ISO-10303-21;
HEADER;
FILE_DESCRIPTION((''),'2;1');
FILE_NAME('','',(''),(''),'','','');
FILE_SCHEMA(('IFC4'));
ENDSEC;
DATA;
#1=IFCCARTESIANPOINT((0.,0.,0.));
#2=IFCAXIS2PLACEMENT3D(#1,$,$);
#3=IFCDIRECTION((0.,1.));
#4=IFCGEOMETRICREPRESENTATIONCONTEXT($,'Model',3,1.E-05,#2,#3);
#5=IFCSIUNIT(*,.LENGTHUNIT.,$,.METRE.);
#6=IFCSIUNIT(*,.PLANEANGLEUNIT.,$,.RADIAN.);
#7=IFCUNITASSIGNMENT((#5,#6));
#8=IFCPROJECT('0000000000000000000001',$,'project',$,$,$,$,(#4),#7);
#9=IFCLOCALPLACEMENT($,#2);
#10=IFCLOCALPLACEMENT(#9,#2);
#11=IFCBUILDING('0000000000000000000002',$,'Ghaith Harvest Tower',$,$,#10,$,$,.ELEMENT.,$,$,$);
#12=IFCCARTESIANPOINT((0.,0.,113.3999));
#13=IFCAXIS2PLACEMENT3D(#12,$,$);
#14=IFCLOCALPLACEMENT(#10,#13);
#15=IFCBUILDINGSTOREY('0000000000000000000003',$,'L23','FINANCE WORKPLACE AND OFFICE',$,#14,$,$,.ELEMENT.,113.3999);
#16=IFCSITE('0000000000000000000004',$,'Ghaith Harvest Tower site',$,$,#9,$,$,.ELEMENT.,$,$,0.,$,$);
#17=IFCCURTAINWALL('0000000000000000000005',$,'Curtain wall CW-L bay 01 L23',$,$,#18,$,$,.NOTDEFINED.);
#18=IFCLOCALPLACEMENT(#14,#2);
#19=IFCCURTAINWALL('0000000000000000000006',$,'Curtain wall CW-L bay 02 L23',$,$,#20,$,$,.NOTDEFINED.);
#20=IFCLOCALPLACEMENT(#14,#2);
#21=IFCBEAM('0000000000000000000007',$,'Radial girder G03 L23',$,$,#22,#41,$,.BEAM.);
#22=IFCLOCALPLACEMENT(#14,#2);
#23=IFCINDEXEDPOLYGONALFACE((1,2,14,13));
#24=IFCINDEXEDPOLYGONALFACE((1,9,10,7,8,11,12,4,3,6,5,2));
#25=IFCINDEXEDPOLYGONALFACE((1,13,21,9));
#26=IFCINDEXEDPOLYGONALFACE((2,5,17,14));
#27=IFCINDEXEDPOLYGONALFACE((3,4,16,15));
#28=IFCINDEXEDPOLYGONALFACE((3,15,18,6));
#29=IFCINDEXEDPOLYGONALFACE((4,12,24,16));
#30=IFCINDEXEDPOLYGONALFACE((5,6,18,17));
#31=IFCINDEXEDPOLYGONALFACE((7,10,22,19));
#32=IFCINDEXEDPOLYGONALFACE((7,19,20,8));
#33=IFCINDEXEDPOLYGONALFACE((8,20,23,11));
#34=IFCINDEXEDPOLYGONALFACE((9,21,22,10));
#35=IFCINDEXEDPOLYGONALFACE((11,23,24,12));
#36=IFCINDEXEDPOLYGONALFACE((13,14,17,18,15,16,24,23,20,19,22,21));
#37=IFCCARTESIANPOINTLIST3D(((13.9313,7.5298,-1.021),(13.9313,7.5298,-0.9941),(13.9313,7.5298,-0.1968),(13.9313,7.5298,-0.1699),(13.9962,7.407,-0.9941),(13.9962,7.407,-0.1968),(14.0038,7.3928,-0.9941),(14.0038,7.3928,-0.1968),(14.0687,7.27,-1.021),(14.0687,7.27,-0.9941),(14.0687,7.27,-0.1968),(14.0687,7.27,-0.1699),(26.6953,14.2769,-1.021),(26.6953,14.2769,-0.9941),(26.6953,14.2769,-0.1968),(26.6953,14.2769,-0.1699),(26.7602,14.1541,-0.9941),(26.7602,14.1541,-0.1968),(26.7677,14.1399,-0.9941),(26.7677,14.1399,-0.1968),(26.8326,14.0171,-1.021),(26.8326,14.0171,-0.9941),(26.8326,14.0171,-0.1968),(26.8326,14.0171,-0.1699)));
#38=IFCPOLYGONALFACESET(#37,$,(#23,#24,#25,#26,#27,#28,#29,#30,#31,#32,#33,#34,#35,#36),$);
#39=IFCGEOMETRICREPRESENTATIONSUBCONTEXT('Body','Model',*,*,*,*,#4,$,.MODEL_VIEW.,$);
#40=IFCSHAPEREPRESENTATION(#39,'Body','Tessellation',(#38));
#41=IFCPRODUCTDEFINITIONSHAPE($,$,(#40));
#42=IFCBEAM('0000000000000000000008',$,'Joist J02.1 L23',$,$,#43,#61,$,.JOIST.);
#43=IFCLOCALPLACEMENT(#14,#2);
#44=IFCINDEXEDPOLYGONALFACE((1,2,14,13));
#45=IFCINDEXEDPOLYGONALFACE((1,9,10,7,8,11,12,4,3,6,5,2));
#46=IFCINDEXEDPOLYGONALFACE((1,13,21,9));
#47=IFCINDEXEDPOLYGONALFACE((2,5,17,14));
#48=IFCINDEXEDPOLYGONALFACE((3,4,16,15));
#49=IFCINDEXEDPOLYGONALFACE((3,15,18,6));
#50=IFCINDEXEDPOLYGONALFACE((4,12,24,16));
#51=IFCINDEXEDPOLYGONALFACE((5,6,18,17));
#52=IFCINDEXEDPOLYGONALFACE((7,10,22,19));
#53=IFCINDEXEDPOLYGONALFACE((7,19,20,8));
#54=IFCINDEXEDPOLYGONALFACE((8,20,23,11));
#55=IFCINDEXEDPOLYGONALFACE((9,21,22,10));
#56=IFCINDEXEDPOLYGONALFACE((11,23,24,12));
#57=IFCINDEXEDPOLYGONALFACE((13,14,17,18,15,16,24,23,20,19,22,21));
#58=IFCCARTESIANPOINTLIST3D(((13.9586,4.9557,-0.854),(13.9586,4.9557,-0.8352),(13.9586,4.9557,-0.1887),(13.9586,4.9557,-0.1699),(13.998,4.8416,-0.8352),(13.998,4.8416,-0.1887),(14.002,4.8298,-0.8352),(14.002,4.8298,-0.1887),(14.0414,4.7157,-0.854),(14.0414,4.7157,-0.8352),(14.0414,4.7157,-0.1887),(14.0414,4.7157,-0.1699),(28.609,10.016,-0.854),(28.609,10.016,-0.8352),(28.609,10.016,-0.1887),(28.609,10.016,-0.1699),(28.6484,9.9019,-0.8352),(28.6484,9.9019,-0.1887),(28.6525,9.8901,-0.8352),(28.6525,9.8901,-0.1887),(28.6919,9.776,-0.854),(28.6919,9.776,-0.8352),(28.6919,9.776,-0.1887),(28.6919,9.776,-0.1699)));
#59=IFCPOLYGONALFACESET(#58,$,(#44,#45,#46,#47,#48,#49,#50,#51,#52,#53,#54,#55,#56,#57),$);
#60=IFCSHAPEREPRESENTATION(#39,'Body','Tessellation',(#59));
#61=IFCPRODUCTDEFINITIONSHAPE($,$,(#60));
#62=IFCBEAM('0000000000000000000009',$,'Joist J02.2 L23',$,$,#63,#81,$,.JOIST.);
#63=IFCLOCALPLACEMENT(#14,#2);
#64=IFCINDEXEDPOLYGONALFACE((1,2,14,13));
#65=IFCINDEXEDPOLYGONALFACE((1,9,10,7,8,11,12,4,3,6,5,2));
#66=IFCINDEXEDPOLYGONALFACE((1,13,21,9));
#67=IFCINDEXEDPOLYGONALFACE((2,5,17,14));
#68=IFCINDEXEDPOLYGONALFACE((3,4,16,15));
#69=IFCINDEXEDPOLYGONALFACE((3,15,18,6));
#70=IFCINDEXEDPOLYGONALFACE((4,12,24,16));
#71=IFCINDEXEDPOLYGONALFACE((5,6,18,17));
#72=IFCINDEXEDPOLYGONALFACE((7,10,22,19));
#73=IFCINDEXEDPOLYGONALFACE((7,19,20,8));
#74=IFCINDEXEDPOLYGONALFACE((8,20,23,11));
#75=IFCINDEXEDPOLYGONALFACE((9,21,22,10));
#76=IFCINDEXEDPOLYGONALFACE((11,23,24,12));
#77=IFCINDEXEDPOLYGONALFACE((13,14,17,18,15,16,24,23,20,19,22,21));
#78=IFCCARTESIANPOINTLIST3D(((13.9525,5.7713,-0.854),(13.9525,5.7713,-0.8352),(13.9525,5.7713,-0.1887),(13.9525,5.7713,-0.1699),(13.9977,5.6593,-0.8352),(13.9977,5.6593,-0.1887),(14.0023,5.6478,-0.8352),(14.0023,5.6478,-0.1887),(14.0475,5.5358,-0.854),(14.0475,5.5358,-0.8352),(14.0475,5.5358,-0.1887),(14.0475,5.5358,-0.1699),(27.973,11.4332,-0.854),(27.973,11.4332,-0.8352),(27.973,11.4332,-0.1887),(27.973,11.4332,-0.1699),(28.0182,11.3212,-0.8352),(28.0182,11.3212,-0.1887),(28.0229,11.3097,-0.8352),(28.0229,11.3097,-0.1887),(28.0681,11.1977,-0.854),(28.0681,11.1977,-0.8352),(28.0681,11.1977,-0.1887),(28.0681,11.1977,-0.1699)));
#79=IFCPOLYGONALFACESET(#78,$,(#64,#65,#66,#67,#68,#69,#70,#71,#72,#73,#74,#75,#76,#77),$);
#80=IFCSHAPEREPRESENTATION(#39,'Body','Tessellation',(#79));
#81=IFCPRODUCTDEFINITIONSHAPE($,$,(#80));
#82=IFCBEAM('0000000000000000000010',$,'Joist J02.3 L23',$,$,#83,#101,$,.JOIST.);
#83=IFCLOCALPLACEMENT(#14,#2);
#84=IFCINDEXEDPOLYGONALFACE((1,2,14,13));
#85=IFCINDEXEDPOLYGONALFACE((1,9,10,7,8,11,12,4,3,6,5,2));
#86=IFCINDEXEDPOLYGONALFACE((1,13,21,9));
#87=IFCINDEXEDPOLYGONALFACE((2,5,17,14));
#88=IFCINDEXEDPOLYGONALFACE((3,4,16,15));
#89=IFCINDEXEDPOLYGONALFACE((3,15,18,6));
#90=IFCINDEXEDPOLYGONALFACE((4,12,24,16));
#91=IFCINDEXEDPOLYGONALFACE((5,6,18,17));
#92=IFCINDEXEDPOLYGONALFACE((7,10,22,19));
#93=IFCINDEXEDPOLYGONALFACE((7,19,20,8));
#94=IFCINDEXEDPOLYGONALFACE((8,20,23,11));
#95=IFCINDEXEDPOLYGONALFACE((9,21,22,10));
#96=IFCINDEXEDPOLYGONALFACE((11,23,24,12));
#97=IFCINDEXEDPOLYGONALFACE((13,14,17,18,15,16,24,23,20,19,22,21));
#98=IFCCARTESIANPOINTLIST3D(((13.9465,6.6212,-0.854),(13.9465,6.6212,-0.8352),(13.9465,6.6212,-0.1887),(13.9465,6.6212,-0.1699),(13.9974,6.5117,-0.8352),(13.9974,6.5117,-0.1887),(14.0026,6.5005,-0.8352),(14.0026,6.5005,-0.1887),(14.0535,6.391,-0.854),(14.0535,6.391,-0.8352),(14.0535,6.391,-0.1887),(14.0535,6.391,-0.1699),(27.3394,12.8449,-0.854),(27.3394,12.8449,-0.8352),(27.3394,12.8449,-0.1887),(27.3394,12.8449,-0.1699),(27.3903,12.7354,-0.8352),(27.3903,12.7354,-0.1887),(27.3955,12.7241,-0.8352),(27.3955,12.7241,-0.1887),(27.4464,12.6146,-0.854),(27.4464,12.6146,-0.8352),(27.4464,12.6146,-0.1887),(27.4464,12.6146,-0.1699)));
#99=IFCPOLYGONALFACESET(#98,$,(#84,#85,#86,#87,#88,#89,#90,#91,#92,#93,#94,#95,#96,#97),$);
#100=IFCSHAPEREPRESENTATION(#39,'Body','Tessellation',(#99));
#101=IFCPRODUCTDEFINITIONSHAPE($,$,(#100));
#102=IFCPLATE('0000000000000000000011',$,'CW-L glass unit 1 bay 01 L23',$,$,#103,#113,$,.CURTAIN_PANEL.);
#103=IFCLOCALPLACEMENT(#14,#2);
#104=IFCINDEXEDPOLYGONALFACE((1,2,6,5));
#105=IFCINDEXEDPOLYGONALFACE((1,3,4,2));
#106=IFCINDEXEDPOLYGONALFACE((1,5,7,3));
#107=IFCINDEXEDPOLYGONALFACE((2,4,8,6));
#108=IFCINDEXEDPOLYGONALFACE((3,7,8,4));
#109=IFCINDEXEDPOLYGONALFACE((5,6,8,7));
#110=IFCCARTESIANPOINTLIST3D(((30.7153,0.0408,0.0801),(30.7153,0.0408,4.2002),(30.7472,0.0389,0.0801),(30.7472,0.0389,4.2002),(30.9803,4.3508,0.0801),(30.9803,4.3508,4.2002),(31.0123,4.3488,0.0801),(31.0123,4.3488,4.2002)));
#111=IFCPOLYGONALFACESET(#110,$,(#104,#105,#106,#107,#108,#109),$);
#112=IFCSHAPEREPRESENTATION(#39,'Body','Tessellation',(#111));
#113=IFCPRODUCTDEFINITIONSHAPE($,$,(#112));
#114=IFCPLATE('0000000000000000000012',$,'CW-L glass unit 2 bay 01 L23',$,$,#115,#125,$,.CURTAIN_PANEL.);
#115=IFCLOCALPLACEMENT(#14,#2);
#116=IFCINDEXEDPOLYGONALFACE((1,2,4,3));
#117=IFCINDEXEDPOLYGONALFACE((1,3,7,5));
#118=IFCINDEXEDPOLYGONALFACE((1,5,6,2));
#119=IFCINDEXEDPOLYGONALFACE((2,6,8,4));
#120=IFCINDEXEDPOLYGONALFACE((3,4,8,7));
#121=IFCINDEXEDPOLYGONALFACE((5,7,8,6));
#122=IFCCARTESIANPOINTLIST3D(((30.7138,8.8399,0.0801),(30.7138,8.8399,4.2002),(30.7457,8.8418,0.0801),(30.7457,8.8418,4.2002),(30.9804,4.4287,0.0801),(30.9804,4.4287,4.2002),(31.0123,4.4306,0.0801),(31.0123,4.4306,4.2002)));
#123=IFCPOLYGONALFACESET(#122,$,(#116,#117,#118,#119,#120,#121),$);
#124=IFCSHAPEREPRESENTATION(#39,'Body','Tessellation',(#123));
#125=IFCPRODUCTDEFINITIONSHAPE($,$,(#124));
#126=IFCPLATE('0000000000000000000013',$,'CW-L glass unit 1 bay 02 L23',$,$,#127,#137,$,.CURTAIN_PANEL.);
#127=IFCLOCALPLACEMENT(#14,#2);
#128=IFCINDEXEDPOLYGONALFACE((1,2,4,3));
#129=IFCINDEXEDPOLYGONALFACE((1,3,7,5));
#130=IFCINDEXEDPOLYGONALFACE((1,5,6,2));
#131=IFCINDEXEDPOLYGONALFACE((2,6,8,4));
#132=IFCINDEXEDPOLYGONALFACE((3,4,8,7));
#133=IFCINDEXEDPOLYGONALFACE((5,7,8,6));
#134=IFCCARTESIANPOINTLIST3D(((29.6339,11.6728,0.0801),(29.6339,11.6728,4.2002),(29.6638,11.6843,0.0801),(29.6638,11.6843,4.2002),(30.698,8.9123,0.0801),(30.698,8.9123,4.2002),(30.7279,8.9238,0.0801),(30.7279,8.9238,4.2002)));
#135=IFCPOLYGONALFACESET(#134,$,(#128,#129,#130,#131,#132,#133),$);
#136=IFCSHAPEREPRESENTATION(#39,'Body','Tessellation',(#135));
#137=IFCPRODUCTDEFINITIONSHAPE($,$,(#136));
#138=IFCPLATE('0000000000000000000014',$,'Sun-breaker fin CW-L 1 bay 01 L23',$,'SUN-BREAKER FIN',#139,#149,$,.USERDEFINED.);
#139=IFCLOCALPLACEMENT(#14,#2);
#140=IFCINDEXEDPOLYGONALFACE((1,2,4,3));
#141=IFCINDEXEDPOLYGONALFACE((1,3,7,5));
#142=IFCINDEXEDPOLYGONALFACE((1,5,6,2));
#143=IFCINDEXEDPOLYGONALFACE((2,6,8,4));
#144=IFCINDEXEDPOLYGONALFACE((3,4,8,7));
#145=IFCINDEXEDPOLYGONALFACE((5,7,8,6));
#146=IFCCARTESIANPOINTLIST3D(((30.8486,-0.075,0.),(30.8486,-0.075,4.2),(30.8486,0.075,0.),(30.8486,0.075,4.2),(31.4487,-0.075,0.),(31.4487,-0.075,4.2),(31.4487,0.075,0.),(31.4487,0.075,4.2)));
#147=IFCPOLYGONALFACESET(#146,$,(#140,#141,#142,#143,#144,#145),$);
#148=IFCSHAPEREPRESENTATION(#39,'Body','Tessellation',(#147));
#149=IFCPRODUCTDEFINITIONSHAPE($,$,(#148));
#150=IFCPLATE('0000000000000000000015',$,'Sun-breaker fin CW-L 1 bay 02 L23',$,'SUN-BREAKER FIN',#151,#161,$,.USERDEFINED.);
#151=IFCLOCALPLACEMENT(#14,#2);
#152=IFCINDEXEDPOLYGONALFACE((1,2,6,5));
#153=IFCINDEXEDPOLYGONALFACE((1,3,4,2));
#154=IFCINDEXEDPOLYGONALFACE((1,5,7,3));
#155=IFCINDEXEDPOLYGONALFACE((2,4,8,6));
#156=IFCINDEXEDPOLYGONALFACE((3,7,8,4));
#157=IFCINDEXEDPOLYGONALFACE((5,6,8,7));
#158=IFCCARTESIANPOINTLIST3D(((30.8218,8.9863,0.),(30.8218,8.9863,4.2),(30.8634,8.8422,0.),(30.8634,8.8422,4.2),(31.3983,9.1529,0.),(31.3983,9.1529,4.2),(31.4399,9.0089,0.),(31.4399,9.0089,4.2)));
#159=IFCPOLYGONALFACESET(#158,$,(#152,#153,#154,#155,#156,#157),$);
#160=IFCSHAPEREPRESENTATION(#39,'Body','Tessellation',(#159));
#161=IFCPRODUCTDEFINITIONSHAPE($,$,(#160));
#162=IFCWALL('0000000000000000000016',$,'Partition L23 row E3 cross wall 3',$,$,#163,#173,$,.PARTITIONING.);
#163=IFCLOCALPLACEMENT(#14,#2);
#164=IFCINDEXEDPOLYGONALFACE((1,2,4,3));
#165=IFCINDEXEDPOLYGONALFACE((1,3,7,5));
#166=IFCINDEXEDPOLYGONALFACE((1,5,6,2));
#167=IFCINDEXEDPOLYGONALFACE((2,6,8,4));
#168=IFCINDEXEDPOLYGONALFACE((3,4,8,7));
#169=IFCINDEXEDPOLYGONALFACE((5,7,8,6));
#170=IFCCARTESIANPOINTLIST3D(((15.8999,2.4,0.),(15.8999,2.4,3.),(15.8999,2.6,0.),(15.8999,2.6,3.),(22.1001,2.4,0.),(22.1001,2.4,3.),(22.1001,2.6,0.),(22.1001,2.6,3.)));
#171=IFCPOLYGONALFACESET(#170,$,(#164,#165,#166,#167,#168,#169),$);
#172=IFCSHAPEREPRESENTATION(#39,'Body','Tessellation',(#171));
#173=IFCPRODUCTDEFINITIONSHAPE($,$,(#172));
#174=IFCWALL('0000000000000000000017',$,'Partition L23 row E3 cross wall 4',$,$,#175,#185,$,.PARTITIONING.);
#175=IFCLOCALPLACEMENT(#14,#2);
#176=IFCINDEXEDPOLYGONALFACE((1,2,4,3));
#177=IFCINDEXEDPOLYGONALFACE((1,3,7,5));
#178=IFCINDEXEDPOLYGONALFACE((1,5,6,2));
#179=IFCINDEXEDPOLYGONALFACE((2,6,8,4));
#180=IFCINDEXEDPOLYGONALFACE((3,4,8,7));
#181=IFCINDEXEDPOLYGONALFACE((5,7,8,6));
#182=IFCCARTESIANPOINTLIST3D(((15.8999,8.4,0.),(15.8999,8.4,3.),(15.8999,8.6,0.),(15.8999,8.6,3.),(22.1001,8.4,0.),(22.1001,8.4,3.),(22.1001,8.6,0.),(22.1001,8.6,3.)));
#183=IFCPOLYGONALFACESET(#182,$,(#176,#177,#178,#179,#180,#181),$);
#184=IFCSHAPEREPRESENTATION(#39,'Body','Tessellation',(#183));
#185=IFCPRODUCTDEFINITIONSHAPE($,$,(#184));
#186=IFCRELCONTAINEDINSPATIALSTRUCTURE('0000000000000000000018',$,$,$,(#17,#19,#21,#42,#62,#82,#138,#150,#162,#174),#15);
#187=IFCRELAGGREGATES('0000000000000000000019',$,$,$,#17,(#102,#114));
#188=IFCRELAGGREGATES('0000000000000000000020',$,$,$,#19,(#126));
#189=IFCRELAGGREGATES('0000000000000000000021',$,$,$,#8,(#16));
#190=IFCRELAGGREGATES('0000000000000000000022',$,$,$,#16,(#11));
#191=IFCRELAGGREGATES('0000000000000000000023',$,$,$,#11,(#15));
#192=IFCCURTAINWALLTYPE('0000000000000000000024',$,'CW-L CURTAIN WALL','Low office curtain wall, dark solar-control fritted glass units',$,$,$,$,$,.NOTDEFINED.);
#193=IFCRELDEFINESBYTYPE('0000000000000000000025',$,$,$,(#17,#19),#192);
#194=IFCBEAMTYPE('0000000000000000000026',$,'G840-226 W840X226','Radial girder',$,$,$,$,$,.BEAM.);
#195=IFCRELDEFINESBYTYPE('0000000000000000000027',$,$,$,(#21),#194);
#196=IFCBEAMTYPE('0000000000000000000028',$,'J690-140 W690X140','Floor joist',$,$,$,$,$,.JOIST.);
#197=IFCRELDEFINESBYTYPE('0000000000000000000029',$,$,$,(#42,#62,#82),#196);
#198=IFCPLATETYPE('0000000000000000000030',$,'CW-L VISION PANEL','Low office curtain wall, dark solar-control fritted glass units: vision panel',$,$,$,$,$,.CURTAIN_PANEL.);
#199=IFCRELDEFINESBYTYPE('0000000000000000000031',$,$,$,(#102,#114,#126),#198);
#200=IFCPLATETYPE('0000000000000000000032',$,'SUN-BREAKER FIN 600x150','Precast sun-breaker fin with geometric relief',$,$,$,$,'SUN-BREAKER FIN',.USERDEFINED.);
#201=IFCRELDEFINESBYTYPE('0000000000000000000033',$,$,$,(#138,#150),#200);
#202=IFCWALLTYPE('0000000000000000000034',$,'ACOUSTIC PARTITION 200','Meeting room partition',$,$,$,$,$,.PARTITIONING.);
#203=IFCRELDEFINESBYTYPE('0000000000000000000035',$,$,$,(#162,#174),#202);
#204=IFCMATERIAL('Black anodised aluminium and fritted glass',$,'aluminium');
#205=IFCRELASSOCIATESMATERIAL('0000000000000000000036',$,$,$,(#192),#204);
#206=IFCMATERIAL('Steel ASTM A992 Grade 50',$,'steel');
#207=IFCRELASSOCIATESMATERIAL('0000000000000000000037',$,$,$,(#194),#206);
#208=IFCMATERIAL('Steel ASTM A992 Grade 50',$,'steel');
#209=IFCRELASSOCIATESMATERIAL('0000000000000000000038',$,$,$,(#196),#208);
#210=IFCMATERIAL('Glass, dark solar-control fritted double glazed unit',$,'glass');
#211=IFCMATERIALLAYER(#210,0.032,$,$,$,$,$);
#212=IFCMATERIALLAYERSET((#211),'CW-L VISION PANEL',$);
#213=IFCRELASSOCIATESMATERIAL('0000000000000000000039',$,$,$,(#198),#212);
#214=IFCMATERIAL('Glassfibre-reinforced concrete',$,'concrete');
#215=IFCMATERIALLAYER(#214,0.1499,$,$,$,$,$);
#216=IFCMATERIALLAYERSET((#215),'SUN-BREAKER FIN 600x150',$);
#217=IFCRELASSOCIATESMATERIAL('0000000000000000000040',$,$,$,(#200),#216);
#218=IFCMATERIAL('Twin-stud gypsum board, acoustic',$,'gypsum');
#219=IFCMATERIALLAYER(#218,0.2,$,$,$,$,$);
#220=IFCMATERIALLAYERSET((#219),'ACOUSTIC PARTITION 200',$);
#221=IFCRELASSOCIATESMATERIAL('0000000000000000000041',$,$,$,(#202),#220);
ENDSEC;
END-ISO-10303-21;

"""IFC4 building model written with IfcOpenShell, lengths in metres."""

from ifc_helpers import new_model, si_unit, direction, frame, frame_2d, origin, origin_2d, place, context, subcontext, project, spatial, rectangle, i_section, extrude, material, layer, layer_set, material_profile, profile_set, type_object, element, aggregate, save


model = new_model("IFC4")

# Units and contexts
model_context = context("Model", 3, precision=1e-05, world=origin(), true_north=direction((0.0, 1.0)))
body_context = subcontext(model_context, "Body", "Model", "MODEL_VIEW")
ifc_project = project(units=[si_unit("LENGTHUNIT", "METRE"), si_unit("PLANEANGLEUNIT", "RADIAN")], contexts=[model_context])

# Site, building, storey
site_placement = place(None, origin())
site = spatial("IfcSite", under=ifc_project, at=site_placement, Name="Ghaith Harvest Tower site", CompositionType="ELEMENT", RefElevation=0.0)
building_placement = place(site_placement, origin())
building = spatial("IfcBuilding", under=site, at=building_placement, Name="Ghaith Harvest Tower", CompositionType="ELEMENT")
storey_placement = place(building_placement, frame((0.0, 0.0, 113.3999)))
storey = spatial("IfcBuildingStorey", under=building, at=storey_placement, Name="L23", Description="FINANCE WORKPLACE AND OFFICE", CompositionType="ELEMENT", Elevation=113.3999)

# Curtain walls
ifc_material_1 = material(Name="Black anodised aluminium and fritted glass", Category="aluminium")
curtain_wall_type = type_object("IfcCurtainWallType", Name="CW-L CURTAIN WALL", Description="Low office curtain wall, dark solar-control fritted glass units", PredefinedType="NOTDEFINED", material=ifc_material_1)
curtain_wall_1_placement = place(storey_placement, origin())
curtain_wall_1 = element("IfcCurtainWall", 1, at=curtain_wall_1_placement, inside=storey, type_object=curtain_wall_type, Name="Curtain wall CW-L bay 01 L23", PredefinedType="NOTDEFINED")
curtain_wall_2_placement = place(storey_placement, origin())
curtain_wall_2 = element("IfcCurtainWall", 2, at=curtain_wall_2_placement, inside=storey, type_object=curtain_wall_type, Name="Curtain wall CW-L bay 02 L23", PredefinedType="NOTDEFINED")

# Beams
ifc_material_2 = material(Name="Steel ASTM A992 Grade 50", Category="steel")
ifc_material_profile_1 = material_profile(ifc_material_2, i_section(OverallWidth=0.2939, OverallDepth=0.8511, WebThickness=0.0161, FlangeThickness=0.0269, at=origin_2d()), Name="W840X226")
ifc_profile_set_1 = profile_set([ifc_material_profile_1], Name="Steel ASTM A992 Grade 50")
beam_type_1 = type_object("IfcBeamType", Name="G840-226 W840X226", Description="Radial girder", PredefinedType="BEAM", material=ifc_profile_set_1)
beam_1_placement = place(storey_placement, frame((14.0, 7.3999, -0.5955), z_axis=(0.884083, 0.467331, 0.0), x_axis=(-0.467331, 0.884083, 0.0)))
element("IfcBeam", 3, at=beam_1_placement, inside=storey, type_object=beam_type_1, Name="Radial girder G03 L23", PredefinedType="BEAM", context=body_context, shape_type="SweptSolid", body=[
    extrude(i_section(OverallWidth=0.2939, OverallDepth=0.8511, WebThickness=0.0161, FlangeThickness=0.0269, at=origin_2d()), origin(), (0.0, 0.0, 1.0), 14.4375),
])
ifc_material_3 = material(Name="Steel ASTM A992 Grade 50", Category="steel")
ifc_material_profile_2 = material_profile(ifc_material_3, i_section(OverallWidth=0.2539, OverallDepth=0.6841, WebThickness=0.0125, FlangeThickness=0.0188, at=origin_2d()), Name="W690X140")
ifc_profile_set_2 = profile_set([ifc_material_profile_2], Name="Steel ASTM A992 Grade 50")
beam_type_2 = type_object("IfcBeamType", Name="J690-140 W690X140", Description="Floor joist", PredefinedType="JOIST", material=ifc_profile_set_2)
beam_2_placement = place(storey_placement, frame((14.0, 4.8357, -0.512), z_axis=(0.945205, 0.326478, 0.0), x_axis=(-0.326478, 0.945205, 0.0)))
element("IfcBeam", 4, at=beam_2_placement, inside=storey, type_object=beam_type_2, Name="Joist J02.1 L23", PredefinedType="JOIST", context=body_context, shape_type="SweptSolid", body=[
    extrude(i_section(OverallWidth=0.2539, OverallDepth=0.6841, WebThickness=0.0125, FlangeThickness=0.0188, at=origin_2d()), origin(), (0.0, 0.0, 1.0), 15.4998),
])
beam_3_placement = place(storey_placement, frame((14.0, 5.6536, -0.512), z_axis=(0.927248, 0.374448, 0.0), x_axis=(-0.374448, 0.927248, 0.0)))
element("IfcBeam", 5, at=beam_3_placement, inside=storey, type_object=beam_type_2, Name="Joist J02.2 L23", PredefinedType="JOIST", context=body_context, shape_type="SweptSolid", body=[
    extrude(i_section(OverallWidth=0.2539, OverallDepth=0.6841, WebThickness=0.0125, FlangeThickness=0.0188, at=origin_2d()), origin(), (0.0, 0.0, 1.0), 15.1206),
])
beam_4_placement = place(storey_placement, frame((14.0, 6.5061, -0.512), z_axis=(0.906866, 0.42142, 0.0), x_axis=(-0.42142, 0.906866, 0.0)))
element("IfcBeam", 6, at=beam_4_placement, inside=storey, type_object=beam_type_2, Name="Joist J02.3 L23", PredefinedType="JOIST", context=body_context, shape_type="SweptSolid", body=[
    extrude(i_section(OverallWidth=0.2539, OverallDepth=0.6841, WebThickness=0.0125, FlangeThickness=0.0188, at=origin_2d()), origin(), (0.0, 0.0, 1.0), 14.7683),
])

# Plates
ifc_material_4 = material(Name="Glass, dark solar-control fritted double glazed unit", Category="glass")
ifc_layer_1 = layer(ifc_material_4, 0.032)
ifc_layer_set_1 = layer_set([ifc_layer_1], Name="CW-L VISION PANEL")
plate_type_1 = type_object("IfcPlateType", Name="CW-L VISION PANEL", Description="Low office curtain wall, dark solar-control fritted glass units: vision panel", PredefinedType="CURTAIN_PANEL", material=ifc_layer_set_1)
plate_1_placement = place(storey_placement, frame((30.8638, 2.1948, 0.0801), z_axis=(0.0, 0.0, 1.0), x_axis=(0.06138, 0.998114, 0.0)))
plate_1 = element("IfcPlate", 7, at=plate_1_placement, type_object=plate_type_1, Name="CW-L glass unit 1 bay 01 L23", PredefinedType="CURTAIN_PANEL", context=body_context, shape_type="SweptSolid", body=[
    extrude(rectangle(XDim=4.3181, YDim=0.032, at=origin_2d()), origin(), (0.0, 0.0, 1.0), 4.1201),
])
plate_2_placement = place(storey_placement, frame((30.863, 6.6353, 0.0801), z_axis=(0.0, 0.0, 1.0), x_axis=(-0.060321, 0.998179, 0.0)))
plate_2 = element("IfcPlate", 8, at=plate_2_placement, type_object=plate_type_1, Name="CW-L glass unit 2 bay 01 L23", PredefinedType="CURTAIN_PANEL", context=body_context, shape_type="SweptSolid", body=[
    extrude(rectangle(XDim=4.4192, YDim=0.032, at=origin_2d()), origin(), (0.0, 0.0, 1.0), 4.1201),
])
aggregate(curtain_wall_1, [plate_1, plate_2])
plate_3_placement = place(storey_placement, frame((30.1809, 10.2983, 0.0801), z_axis=(0.0, 0.0, 1.0), x_axis=(-0.359677, 0.933077, 0.0)))
plate_3 = element("IfcPlate", 9, at=plate_3_placement, type_object=plate_type_1, Name="CW-L glass unit 1 bay 02 L23", PredefinedType="CURTAIN_PANEL", context=body_context, shape_type="SweptSolid", body=[
    extrude(rectangle(XDim=2.9585, YDim=0.032, at=origin_2d()), origin(), (0.0, 0.0, 1.0), 4.1201),
])
aggregate(curtain_wall_2, [plate_3])

# Plates
ifc_material_5 = material(Name="Glassfibre-reinforced concrete", Category="concrete")
ifc_layer_2 = layer(ifc_material_5, 0.1499)
ifc_layer_set_2 = layer_set([ifc_layer_2], Name="SUN-BREAKER FIN 600x150")
plate_type_2 = type_object("IfcPlateType", Name="SUN-BREAKER FIN 600x150", Description="Precast sun-breaker fin with geometric relief", ElementType="SUN-BREAKER FIN", PredefinedType="USERDEFINED", material=ifc_layer_set_2)
for number, where, z_axis, x_axis, name in (
    (10, (31.1487, 0.0, 0.0), (0.0, 0.0, 1.0), (1.0, 0.0, 0.0), "Sun-breaker fin CW-L 1 bay 01 L23"),
    (11, (31.1309, 8.9976, 0.0), (0.0, 0.0, 1.0), (0.96068, 0.277657, 0.0), "Sun-breaker fin CW-L 1 bay 02 L23"),
):
    element("IfcPlate", number, at=place(storey_placement, frame(where, z_axis=z_axis, x_axis=x_axis)), inside=storey, type_object=plate_type_2, Name=name, ObjectType="SUN-BREAKER FIN", PredefinedType="USERDEFINED", context=body_context, shape_type="SweptSolid", body=[
        extrude(rectangle(XDim=0.6001, YDim=0.1499, at=origin_2d()), origin(), (0.0, 0.0, 1.0), 4.2),
    ])

# Walls
ifc_material_6 = material(Name="Twin-stud gypsum board, acoustic", Category="gypsum")
ifc_layer_3 = layer(ifc_material_6, 0.2)
ifc_layer_set_3 = layer_set([ifc_layer_3], Name="ACOUSTIC PARTITION 200")
wall_type_1 = type_object("IfcWallType", Name="ACOUSTIC PARTITION 200", Description="Meeting room partition", PredefinedType="PARTITIONING", material=ifc_layer_set_3)
for number, where, z_axis, x_axis, name in (
    (12, (15.8999, 2.5, 0.0), (0.0, 0.0, 1.0), (1.0, 0.0, 0.0), "Partition L23 row E3 cross wall 3"),
    (13, (15.8999, 8.5, 0.0), (0.0, 0.0, 1.0), (1.0, 0.0, 0.0), "Partition L23 row E3 cross wall 4"),
):
    element("IfcWall", number, at=place(storey_placement, frame(where, z_axis=z_axis, x_axis=x_axis)), inside=storey, type_object=wall_type_1, Name=name, PredefinedType="PARTITIONING", context=body_context, shape_type="SweptSolid", body=[
        extrude(rectangle(XDim=6.2002, YDim=0.2, at=frame_2d((3.1001, 0.0))), origin(), (0.0, 0.0, 1.0), 3.0),
    ])

save(model, "model.ifc")
